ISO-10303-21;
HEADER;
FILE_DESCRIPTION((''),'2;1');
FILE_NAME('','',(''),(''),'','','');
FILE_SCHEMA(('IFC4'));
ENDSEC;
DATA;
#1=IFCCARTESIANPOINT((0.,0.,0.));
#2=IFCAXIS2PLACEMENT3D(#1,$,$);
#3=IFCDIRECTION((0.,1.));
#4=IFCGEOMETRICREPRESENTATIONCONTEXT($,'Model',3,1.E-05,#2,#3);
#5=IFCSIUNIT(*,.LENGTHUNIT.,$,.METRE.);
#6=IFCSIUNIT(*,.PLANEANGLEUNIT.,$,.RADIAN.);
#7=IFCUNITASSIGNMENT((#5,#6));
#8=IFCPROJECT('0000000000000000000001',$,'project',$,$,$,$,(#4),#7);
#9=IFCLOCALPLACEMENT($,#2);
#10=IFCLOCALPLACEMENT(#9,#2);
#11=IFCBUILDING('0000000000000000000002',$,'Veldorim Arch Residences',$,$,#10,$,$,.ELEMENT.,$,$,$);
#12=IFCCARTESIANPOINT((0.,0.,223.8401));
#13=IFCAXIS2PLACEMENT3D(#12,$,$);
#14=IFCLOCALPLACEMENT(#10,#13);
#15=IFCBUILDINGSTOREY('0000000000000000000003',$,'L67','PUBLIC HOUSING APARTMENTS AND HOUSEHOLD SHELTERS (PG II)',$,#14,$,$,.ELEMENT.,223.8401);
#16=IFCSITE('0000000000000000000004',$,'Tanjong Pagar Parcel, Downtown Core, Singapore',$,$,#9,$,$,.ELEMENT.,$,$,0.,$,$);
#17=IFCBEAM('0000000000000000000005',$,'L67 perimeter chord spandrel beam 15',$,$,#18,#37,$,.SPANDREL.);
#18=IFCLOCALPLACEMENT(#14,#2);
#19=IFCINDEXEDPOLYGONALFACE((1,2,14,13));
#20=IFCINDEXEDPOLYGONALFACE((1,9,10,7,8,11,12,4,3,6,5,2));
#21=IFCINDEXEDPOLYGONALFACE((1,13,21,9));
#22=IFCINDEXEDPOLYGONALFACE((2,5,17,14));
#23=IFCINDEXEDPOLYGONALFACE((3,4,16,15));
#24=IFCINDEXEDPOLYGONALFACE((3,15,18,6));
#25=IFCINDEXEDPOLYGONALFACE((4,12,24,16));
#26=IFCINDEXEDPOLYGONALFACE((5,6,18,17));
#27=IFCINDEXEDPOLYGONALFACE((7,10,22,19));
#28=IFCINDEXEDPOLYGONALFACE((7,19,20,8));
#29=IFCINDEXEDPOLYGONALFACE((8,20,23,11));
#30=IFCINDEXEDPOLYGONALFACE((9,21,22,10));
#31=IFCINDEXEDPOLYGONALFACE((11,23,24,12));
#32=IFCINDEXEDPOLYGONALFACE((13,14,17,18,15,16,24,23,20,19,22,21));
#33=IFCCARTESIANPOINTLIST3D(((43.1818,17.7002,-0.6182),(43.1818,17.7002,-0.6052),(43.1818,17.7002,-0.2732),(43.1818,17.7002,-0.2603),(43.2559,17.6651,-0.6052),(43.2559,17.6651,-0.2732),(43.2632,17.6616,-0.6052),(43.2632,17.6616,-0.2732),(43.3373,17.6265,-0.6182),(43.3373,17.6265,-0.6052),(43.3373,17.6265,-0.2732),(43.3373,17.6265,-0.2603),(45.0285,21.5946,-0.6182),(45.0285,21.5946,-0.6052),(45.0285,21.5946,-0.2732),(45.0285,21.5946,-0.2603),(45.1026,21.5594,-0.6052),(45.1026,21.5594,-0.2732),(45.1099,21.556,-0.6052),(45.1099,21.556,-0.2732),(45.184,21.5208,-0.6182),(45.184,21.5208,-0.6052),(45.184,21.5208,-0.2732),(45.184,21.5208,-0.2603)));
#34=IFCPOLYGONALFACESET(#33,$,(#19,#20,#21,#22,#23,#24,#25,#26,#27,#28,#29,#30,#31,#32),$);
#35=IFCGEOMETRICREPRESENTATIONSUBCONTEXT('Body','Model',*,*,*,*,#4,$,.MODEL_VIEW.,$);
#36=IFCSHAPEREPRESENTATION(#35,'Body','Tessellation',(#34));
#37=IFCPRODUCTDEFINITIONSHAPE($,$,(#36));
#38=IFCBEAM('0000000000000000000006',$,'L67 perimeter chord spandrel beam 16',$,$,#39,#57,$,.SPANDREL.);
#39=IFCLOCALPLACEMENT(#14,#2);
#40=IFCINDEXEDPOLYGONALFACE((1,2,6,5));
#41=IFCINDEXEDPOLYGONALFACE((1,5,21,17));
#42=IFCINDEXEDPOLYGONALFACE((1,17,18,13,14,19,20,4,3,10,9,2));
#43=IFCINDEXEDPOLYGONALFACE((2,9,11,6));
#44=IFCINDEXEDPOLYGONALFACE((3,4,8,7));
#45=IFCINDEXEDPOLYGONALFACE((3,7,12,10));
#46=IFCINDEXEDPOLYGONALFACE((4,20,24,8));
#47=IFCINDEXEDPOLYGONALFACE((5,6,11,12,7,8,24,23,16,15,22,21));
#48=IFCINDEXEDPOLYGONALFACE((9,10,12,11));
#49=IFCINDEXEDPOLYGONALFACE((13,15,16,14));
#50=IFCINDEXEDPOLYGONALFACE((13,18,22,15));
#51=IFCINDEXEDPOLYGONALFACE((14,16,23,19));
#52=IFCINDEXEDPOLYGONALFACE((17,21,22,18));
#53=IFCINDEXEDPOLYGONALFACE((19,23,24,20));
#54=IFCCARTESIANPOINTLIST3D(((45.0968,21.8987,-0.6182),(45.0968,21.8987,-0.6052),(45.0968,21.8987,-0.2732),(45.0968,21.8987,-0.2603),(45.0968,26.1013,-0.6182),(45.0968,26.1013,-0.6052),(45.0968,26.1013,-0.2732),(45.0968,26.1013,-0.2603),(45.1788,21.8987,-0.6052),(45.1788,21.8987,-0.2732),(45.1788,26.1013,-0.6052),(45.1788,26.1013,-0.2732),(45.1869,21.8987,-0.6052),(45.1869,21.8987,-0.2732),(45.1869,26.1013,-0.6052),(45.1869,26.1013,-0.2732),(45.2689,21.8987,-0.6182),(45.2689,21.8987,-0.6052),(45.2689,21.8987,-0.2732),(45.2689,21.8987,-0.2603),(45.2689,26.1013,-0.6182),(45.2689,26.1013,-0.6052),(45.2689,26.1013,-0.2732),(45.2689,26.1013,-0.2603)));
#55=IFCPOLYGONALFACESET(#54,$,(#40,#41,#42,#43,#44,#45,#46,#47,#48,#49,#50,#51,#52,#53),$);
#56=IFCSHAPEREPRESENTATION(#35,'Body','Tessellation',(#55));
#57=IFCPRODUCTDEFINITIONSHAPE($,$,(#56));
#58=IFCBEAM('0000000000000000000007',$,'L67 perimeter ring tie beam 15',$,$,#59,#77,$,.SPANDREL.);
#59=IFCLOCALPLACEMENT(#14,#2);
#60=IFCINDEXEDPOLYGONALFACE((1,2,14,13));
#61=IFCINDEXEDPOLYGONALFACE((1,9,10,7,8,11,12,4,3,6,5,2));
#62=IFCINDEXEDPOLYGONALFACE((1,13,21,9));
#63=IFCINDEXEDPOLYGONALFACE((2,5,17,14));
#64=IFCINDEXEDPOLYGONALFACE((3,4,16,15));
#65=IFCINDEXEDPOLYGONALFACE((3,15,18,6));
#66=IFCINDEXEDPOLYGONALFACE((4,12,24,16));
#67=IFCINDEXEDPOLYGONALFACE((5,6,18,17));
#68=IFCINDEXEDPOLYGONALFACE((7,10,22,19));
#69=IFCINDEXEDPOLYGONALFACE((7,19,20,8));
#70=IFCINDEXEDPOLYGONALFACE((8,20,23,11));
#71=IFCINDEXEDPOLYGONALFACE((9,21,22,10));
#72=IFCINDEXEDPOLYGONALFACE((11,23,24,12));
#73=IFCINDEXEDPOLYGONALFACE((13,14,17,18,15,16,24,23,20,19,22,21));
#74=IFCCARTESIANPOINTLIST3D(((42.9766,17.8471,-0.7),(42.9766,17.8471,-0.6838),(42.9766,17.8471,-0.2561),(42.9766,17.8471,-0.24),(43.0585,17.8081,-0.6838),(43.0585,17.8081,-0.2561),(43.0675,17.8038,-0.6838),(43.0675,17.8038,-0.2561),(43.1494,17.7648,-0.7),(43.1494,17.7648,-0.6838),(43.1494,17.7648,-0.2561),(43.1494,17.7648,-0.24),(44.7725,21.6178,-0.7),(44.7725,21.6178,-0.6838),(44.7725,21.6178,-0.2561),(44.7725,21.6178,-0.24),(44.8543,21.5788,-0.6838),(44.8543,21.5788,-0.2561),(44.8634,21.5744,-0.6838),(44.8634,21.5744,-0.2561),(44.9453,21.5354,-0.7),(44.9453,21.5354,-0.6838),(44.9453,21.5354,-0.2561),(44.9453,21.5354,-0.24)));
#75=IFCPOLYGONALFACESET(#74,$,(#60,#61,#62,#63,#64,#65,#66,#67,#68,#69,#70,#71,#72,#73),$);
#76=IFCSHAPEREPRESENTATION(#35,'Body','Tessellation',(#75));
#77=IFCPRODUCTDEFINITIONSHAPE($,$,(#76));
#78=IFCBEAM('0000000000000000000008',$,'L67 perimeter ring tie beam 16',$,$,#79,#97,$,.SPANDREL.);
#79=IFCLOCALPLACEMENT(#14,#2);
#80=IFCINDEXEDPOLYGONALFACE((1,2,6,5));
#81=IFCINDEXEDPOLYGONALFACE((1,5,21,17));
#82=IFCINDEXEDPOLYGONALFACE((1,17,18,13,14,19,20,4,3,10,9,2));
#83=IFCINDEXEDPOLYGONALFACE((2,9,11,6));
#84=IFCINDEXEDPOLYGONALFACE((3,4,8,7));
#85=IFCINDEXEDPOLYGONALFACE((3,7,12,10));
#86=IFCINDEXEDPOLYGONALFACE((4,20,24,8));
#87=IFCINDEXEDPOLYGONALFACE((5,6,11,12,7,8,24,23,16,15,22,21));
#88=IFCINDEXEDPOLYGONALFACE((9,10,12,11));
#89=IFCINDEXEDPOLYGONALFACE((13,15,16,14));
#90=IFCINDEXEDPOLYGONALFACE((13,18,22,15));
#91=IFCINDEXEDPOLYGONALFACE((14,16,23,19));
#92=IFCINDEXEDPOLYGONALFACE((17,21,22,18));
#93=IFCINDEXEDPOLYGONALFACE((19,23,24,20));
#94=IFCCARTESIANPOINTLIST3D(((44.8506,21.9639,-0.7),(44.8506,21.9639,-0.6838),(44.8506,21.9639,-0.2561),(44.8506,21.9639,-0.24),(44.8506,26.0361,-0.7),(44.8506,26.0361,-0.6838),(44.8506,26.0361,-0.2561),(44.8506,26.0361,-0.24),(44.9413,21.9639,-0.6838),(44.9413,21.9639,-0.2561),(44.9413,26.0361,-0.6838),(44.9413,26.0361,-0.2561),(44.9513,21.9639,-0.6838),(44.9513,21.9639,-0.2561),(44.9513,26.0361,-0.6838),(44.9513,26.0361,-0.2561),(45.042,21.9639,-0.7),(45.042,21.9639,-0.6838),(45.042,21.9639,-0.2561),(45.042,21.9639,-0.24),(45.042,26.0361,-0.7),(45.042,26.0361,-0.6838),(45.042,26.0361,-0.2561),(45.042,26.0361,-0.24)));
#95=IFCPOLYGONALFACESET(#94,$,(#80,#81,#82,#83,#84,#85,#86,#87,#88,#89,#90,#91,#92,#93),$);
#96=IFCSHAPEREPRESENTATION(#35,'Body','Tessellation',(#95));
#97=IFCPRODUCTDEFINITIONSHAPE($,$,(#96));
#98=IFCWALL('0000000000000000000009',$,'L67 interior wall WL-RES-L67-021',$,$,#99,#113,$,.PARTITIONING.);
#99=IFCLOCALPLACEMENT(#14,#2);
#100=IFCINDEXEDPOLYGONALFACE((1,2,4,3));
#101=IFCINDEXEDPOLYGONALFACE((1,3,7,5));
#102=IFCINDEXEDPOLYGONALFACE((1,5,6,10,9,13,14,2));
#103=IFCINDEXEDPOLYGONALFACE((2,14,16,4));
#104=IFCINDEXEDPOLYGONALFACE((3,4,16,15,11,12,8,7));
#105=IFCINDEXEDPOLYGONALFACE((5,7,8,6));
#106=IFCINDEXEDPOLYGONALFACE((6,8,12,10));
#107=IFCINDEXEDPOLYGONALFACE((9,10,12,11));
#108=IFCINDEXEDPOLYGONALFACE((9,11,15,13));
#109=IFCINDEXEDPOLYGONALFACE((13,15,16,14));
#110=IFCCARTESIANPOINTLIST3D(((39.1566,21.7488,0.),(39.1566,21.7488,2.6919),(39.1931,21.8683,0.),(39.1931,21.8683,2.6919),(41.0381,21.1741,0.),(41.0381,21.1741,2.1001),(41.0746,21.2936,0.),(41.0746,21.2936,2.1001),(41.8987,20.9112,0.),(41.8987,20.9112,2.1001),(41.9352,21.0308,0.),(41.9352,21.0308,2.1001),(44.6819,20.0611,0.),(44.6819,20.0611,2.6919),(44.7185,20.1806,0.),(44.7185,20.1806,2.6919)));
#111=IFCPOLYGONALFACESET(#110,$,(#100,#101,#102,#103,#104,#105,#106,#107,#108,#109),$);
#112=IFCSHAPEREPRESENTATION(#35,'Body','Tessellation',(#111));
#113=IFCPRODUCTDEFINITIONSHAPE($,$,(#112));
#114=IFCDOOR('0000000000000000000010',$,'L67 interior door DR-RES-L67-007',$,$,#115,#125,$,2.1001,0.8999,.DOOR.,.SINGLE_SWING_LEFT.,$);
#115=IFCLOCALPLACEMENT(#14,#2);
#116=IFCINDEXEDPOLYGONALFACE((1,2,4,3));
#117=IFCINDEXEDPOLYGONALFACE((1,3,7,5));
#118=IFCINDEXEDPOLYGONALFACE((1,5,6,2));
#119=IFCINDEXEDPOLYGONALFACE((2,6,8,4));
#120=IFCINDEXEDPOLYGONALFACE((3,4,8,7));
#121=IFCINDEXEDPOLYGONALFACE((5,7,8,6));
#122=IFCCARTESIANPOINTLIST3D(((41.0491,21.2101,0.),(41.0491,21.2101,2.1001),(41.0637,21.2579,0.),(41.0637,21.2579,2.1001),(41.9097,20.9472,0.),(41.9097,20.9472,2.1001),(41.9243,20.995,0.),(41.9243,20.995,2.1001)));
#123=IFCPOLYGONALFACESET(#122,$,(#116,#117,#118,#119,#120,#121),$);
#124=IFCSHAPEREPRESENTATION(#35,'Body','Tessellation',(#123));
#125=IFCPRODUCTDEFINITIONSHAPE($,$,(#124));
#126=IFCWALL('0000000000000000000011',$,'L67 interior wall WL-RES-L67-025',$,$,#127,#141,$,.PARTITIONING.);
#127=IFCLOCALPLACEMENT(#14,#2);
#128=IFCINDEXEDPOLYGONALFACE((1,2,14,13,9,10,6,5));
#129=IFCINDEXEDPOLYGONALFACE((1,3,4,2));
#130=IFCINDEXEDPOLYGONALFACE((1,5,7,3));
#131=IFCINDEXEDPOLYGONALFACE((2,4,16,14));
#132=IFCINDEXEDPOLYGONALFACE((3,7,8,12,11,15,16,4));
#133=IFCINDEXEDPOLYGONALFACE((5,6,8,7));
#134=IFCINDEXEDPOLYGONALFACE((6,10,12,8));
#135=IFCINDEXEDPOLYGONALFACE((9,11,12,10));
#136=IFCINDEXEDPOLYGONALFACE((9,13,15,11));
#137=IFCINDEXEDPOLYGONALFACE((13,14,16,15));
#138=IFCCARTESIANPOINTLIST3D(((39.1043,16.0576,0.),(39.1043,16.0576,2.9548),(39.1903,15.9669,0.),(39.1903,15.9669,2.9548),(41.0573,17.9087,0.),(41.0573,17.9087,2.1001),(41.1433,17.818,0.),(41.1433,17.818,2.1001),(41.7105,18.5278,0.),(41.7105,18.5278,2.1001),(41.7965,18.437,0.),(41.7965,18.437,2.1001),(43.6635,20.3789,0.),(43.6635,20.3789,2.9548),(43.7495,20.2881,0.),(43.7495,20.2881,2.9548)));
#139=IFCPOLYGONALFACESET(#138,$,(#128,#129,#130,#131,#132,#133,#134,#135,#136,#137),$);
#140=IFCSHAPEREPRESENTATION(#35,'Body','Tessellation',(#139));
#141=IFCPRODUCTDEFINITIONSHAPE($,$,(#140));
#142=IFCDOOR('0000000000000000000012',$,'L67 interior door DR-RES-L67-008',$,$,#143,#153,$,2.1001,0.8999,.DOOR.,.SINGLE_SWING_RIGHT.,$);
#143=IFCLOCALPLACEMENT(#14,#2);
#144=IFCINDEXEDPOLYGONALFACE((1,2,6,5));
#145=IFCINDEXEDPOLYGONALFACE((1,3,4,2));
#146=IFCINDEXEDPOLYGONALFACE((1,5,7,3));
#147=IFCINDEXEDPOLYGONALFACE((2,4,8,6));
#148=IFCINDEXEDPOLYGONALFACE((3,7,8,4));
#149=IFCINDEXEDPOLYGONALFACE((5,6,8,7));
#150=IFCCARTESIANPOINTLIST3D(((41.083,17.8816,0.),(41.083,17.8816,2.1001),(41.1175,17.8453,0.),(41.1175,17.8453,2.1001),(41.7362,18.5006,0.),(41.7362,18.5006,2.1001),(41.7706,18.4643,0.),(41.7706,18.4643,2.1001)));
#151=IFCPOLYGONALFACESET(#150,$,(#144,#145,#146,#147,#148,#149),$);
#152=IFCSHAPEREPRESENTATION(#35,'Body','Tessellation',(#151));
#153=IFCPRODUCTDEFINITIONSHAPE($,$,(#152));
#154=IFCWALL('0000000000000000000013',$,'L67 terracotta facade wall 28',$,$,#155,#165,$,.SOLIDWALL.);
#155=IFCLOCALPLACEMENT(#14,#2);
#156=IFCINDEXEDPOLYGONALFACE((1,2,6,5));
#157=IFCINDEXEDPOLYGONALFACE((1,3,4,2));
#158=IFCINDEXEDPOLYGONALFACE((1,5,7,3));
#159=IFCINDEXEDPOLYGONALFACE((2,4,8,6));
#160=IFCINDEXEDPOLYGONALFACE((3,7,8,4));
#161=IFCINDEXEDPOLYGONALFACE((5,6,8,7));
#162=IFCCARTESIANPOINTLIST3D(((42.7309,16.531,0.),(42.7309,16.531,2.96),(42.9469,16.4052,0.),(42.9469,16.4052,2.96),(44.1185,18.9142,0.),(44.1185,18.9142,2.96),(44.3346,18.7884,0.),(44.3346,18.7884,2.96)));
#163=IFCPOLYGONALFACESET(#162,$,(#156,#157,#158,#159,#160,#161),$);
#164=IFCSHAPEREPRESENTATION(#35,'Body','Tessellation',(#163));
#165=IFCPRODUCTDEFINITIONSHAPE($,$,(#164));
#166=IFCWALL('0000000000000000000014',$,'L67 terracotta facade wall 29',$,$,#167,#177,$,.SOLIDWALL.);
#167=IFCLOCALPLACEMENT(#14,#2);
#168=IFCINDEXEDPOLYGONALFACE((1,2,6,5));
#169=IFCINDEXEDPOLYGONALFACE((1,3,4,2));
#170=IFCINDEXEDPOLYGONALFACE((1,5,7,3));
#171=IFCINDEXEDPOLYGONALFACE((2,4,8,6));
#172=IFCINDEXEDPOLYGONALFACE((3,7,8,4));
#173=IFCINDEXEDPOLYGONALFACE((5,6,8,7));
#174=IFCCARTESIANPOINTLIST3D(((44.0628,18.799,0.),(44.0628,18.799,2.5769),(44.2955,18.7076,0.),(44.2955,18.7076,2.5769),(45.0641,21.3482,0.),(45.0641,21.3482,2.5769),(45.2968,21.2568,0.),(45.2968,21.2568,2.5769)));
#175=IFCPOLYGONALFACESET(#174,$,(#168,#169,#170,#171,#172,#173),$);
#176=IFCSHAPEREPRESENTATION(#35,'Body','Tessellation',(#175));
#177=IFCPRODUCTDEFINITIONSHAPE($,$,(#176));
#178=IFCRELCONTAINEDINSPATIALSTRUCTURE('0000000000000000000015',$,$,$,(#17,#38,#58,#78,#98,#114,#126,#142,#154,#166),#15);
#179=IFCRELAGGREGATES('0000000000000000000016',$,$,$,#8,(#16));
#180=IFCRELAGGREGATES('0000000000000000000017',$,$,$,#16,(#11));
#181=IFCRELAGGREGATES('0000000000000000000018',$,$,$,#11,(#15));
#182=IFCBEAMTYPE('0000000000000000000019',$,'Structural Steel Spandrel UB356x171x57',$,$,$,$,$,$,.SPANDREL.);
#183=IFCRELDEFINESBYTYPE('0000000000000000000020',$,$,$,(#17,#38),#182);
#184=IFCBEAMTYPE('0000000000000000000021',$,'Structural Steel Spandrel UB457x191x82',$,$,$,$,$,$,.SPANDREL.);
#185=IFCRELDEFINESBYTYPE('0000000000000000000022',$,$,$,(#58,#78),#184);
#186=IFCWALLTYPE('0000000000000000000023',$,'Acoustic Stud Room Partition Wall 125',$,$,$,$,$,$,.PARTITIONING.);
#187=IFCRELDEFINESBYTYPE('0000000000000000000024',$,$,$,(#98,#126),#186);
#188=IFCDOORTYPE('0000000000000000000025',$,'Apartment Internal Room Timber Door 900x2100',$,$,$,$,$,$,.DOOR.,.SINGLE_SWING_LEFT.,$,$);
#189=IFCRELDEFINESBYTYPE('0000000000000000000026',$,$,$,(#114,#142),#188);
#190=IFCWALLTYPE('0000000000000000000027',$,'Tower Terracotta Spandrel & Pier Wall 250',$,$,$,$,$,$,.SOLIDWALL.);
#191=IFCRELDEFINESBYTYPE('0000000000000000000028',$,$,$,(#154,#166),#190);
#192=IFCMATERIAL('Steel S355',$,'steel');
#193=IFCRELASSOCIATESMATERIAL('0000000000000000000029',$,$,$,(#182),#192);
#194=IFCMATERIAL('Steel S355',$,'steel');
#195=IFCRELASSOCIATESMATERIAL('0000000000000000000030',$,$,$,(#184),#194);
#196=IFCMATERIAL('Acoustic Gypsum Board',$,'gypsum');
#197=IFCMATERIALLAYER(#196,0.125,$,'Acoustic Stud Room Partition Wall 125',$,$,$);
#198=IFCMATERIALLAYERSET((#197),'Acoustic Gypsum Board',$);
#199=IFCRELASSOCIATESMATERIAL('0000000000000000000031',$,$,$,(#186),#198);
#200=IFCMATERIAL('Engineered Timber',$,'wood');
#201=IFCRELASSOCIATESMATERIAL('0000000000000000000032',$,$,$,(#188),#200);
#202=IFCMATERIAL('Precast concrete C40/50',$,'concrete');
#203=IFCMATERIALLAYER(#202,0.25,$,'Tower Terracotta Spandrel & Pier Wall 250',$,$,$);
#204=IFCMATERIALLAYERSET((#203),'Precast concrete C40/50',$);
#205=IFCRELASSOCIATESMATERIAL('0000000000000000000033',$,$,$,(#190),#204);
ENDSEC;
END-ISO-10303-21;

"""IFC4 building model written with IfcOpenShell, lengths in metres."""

from ifc_helpers import new_model, si_unit, direction, frame, frame_2d, origin, origin_2d, place, context, subcontext, project, spatial, rectangle, i_section, extrude, material, layer, layer_set, material_profile, profile_set, type_object, element, fill, save


model = new_model("IFC4")

# Units and contexts
model_context = context("Model", 3, precision=1e-05, world=origin(), true_north=direction((0.0, 1.0)))
body_context = subcontext(model_context, "Body", "Model", "MODEL_VIEW")
ifc_project = project(units=[si_unit("LENGTHUNIT", "METRE"), si_unit("PLANEANGLEUNIT", "RADIAN")], contexts=[model_context])

# Site, building, storey
site_placement = place(None, origin())
site = spatial("IfcSite", under=ifc_project, at=site_placement, Name="Tanjong Pagar Parcel, Downtown Core, Singapore", CompositionType="ELEMENT", RefElevation=0.0)
building_placement = place(site_placement, origin())
building = spatial("IfcBuilding", under=site, at=building_placement, Name="Veldorim Arch Residences", CompositionType="ELEMENT")
storey_placement = place(building_placement, frame((0.0, 0.0, 223.8401)))
storey = spatial("IfcBuildingStorey", under=building, at=storey_placement, Name="L67", Description="PUBLIC HOUSING APARTMENTS AND HOUSEHOLD SHELTERS (PG II)", CompositionType="ELEMENT", Elevation=223.8401)

# Beams
ifc_material_1 = material(Name="Steel S355", Category="steel")
ifc_material_profile_1 = material_profile(ifc_material_1, i_section(OverallWidth=0.1721, OverallDepth=0.3579, WebThickness=0.0081, FlangeThickness=0.0129, at=origin_2d()), Name="UB356x171x57")
ifc_profile_set_1 = profile_set([ifc_material_profile_1], Name="Steel S355")
beam_type_1 = type_object("IfcBeamType", Name="Structural Steel Spandrel UB356x171x57", PredefinedType="SPANDREL", material=ifc_profile_set_1)
beam_1_placement = place(storey_placement, frame((43.2595, 17.6633, -0.4392), z_axis=(0.428469, 0.903557, 0.0), x_axis=(-0.903557, 0.428469, 0.0)))
element("IfcBeam", 1, at=beam_1_placement, inside=storey, type_object=beam_type_1, Name="L67 perimeter chord spandrel beam 15", PredefinedType="SPANDREL", context=body_context, shape_type="SweptSolid", body=[
    extrude(i_section(OverallWidth=0.1721, OverallDepth=0.3579, WebThickness=0.0081, FlangeThickness=0.0129, at=origin_2d()), origin(), (0.0, 0.0, 1.0), 4.3101),
])
beam_2_placement = place(storey_placement, frame((45.1829, 21.8987, -0.4392), z_axis=(0.0, 1.0, 0.0), x_axis=(-1.0, 0.0, 0.0)))
element("IfcBeam", 2, at=beam_2_placement, inside=storey, type_object=beam_type_1, Name="L67 perimeter chord spandrel beam 16", PredefinedType="SPANDREL", context=body_context, shape_type="SweptSolid", body=[
    extrude(i_section(OverallWidth=0.1721, OverallDepth=0.3579, WebThickness=0.0081, FlangeThickness=0.0129, at=origin_2d()), origin(), (0.0, 0.0, 1.0), 4.2026),
])
ifc_material_2 = material(Name="Steel S355", Category="steel")
ifc_material_profile_2 = material_profile(ifc_material_2, i_section(OverallWidth=0.1914, OverallDepth=0.46, WebThickness=0.01, FlangeThickness=0.0161, at=origin_2d()), Name="UB457x191x82")
ifc_profile_set_2 = profile_set([ifc_material_profile_2], Name="Steel S355")
beam_type_2 = type_object("IfcBeamType", Name="Structural Steel Spandrel UB457x191x82", PredefinedType="SPANDREL", material=ifc_profile_set_2)
beam_3_placement = place(storey_placement, frame((43.063, 17.8059, -0.47), z_axis=(0.429993, 0.902832, 0.0), x_axis=(-0.902832, 0.429993, 0.0)))
element("IfcBeam", 3, at=beam_3_placement, inside=storey, type_object=beam_type_2, Name="L67 perimeter ring tie beam 15", PredefinedType="SPANDREL", context=body_context, shape_type="SweptSolid", body=[
    extrude(i_section(OverallWidth=0.1914, OverallDepth=0.46, WebThickness=0.01, FlangeThickness=0.0161, at=origin_2d()), origin(), (0.0, 0.0, 1.0), 4.1765),
])
beam_4_placement = place(storey_placement, frame((44.9463, 21.9639, -0.47), z_axis=(0.0, 1.0, 0.0), x_axis=(-1.0, 0.0, 0.0)))
element("IfcBeam", 4, at=beam_4_placement, inside=storey, type_object=beam_type_2, Name="L67 perimeter ring tie beam 16", PredefinedType="SPANDREL", context=body_context, shape_type="SweptSolid", body=[
    extrude(i_section(OverallWidth=0.1914, OverallDepth=0.46, WebThickness=0.01, FlangeThickness=0.0161, at=origin_2d()), origin(), (0.0, 0.0, 1.0), 4.0723),
])

# Walls, openings, doors
ifc_material_3 = material(Name="Acoustic Gypsum Board", Category="gypsum")
ifc_layer_1 = layer(ifc_material_3, 0.125, Name="Acoustic Stud Room Partition Wall 125")
ifc_layer_set_1 = layer_set([ifc_layer_1], Name="Acoustic Gypsum Board")
wall_type_1 = type_object("IfcWallType", Name="Acoustic Stud Room Partition Wall 125", PredefinedType="PARTITIONING", material=ifc_layer_set_1)
wall_1_placement = place(storey_placement, frame((44.7002, 20.1208, 0.0), z_axis=(0.0, 0.0, 1.0), x_axis=(-0.956379, 0.292128, 0.0)))
wall_1 = element("IfcWall", 5, at=wall_1_placement, inside=storey, type_object=wall_type_1, Name="L67 interior wall WL-RES-L67-021", PredefinedType="PARTITIONING", context=body_context, shape_type="SweptSolid", body=[
    extrude(rectangle(XDim=5.7773, YDim=0.125, at=frame_2d((2.8887, 0.0))), origin(), (0.0, 0.0, 1.0), 2.6919),
])
opening_1_placement = place(wall_1_placement, frame((2.9102, 0.0, 0.0)))
opening_1 = element("IfcOpeningElement", 6, at=opening_1_placement, cuts=wall_1, PredefinedType="OPENING", context=body_context, shape_type="SweptSolid", body=[
    extrude(rectangle(XDim=0.8999, YDim=2.1001, at=frame_2d((0.45, 1.05))), frame((0.0, 0.0725, 0.0), z_axis=(0.0, -1.0, 0.0), x_axis=(1.0, 0.0, 0.0)), (0.0, 0.0, 1.0), 0.145),
])
ifc_material_4 = material(Name="Engineered Timber", Category="wood")
door_type = type_object("IfcDoorType", Name="Apartment Internal Room Timber Door 900x2100", OperationType="SINGLE_SWING_LEFT", PredefinedType="DOOR", material=ifc_material_4)
door_1_placement = place(opening_1_placement, origin())
door_1 = element("IfcDoor", 7, at=door_1_placement, inside=storey, type_object=door_type, Name="L67 interior door DR-RES-L67-007", OperationType="SINGLE_SWING_LEFT", OverallHeight=2.1001, OverallWidth=0.8999, PredefinedType="DOOR", context=body_context, shape_type="SweptSolid", body=[
    extrude(rectangle(XDim=0.8999, YDim=2.1001, at=frame_2d((0.45, 1.05))), frame((0.0, 0.0249, 0.0), z_axis=(0.0, -1.0, 0.0), x_axis=(1.0, 0.0, 0.0)), (0.0, 0.0, 1.0), 0.05),
])
fill(opening_1, door_1)
wall_2_placement = place(storey_placement, frame((43.7065, 20.3335, 0.0), z_axis=(0.0, 0.0, 1.0), x_axis=(-0.725799, -0.687906, 0.0)))
wall_2 = element("IfcWall", 8, at=wall_2_placement, inside=storey, type_object=wall_type_1, Name="L67 interior wall WL-RES-L67-025", PredefinedType="PARTITIONING", context=body_context, shape_type="SweptSolid", body=[
    extrude(rectangle(XDim=6.2817, YDim=0.125, at=frame_2d((3.1409, 0.0))), origin(), (0.0, 0.0, 1.0), 2.9548),
])
opening_2_placement = place(wall_2_placement, frame((2.6909, 0.0, 0.0)))
opening_2 = element("IfcOpeningElement", 9, at=opening_2_placement, cuts=wall_2, PredefinedType="OPENING", context=body_context, shape_type="SweptSolid", body=[
    extrude(rectangle(XDim=0.8999, YDim=2.1001, at=frame_2d((0.45, 1.05))), frame((0.0, 0.0725, 0.0), z_axis=(0.0, -1.0, 0.0), x_axis=(1.0, 0.0, 0.0)), (0.0, 0.0, 1.0), 0.145),
])
door_2_placement = place(opening_2_placement, origin())
door_2 = element("IfcDoor", 10, at=door_2_placement, inside=storey, type_object=door_type, Name="L67 interior door DR-RES-L67-008", OperationType="SINGLE_SWING_RIGHT", OverallHeight=2.1001, OverallWidth=0.8999, PredefinedType="DOOR", context=body_context, shape_type="SweptSolid", body=[
    extrude(rectangle(XDim=0.8999, YDim=2.1001, at=frame_2d((0.45, 1.05))), frame((0.0, 0.0249, 0.0), z_axis=(0.0, -1.0, 0.0), x_axis=(1.0, 0.0, 0.0)), (0.0, 0.0, 1.0), 0.05),
])
fill(opening_2, door_2)

# Walls
ifc_material_5 = material(Name="Precast concrete C40/50", Category="concrete")
ifc_layer_2 = layer(ifc_material_5, 0.25, Name="Tower Terracotta Spandrel & Pier Wall 250")
ifc_layer_set_2 = layer_set([ifc_layer_2], Name="Precast concrete C40/50")
wall_type_2 = type_object("IfcWallType", Name="Tower Terracotta Spandrel & Pier Wall 250", PredefinedType="SOLIDWALL", material=ifc_layer_set_2)
wall_3_placement = place(storey_placement, frame((44.2266, 18.8513, 0.0), z_axis=(0.0, 0.0, 1.0), x_axis=(-0.503177, -0.864183, 0.0)))
element("IfcWall", 11, at=wall_3_placement, inside=storey, type_object=wall_type_2, Name="L67 terracotta facade wall 28", PredefinedType="SOLIDWALL", context=body_context, shape_type="SweptSolid", body=[
    extrude(rectangle(XDim=2.7578, YDim=0.25, at=frame_2d((1.3789, 0.0))), origin(), (0.0, 0.0, 1.0), 2.96),
])
wall_4_placement = place(storey_placement, frame((45.1804, 21.3025, 0.0), z_axis=(0.0, 0.0, 1.0), x_axis=(-0.365589, -0.930776, 0.0)))
element("IfcWall", 12, at=wall_4_placement, inside=storey, type_object=wall_type_2, Name="L67 terracotta facade wall 29", PredefinedType="SOLIDWALL", context=body_context, shape_type="SweptSolid", body=[
    extrude(rectangle(XDim=2.7388, YDim=0.25, at=frame_2d((1.3694, 0.0))), origin(), (0.0, 0.0, 1.0), 2.5769),
])

save(model, "model.ifc")
